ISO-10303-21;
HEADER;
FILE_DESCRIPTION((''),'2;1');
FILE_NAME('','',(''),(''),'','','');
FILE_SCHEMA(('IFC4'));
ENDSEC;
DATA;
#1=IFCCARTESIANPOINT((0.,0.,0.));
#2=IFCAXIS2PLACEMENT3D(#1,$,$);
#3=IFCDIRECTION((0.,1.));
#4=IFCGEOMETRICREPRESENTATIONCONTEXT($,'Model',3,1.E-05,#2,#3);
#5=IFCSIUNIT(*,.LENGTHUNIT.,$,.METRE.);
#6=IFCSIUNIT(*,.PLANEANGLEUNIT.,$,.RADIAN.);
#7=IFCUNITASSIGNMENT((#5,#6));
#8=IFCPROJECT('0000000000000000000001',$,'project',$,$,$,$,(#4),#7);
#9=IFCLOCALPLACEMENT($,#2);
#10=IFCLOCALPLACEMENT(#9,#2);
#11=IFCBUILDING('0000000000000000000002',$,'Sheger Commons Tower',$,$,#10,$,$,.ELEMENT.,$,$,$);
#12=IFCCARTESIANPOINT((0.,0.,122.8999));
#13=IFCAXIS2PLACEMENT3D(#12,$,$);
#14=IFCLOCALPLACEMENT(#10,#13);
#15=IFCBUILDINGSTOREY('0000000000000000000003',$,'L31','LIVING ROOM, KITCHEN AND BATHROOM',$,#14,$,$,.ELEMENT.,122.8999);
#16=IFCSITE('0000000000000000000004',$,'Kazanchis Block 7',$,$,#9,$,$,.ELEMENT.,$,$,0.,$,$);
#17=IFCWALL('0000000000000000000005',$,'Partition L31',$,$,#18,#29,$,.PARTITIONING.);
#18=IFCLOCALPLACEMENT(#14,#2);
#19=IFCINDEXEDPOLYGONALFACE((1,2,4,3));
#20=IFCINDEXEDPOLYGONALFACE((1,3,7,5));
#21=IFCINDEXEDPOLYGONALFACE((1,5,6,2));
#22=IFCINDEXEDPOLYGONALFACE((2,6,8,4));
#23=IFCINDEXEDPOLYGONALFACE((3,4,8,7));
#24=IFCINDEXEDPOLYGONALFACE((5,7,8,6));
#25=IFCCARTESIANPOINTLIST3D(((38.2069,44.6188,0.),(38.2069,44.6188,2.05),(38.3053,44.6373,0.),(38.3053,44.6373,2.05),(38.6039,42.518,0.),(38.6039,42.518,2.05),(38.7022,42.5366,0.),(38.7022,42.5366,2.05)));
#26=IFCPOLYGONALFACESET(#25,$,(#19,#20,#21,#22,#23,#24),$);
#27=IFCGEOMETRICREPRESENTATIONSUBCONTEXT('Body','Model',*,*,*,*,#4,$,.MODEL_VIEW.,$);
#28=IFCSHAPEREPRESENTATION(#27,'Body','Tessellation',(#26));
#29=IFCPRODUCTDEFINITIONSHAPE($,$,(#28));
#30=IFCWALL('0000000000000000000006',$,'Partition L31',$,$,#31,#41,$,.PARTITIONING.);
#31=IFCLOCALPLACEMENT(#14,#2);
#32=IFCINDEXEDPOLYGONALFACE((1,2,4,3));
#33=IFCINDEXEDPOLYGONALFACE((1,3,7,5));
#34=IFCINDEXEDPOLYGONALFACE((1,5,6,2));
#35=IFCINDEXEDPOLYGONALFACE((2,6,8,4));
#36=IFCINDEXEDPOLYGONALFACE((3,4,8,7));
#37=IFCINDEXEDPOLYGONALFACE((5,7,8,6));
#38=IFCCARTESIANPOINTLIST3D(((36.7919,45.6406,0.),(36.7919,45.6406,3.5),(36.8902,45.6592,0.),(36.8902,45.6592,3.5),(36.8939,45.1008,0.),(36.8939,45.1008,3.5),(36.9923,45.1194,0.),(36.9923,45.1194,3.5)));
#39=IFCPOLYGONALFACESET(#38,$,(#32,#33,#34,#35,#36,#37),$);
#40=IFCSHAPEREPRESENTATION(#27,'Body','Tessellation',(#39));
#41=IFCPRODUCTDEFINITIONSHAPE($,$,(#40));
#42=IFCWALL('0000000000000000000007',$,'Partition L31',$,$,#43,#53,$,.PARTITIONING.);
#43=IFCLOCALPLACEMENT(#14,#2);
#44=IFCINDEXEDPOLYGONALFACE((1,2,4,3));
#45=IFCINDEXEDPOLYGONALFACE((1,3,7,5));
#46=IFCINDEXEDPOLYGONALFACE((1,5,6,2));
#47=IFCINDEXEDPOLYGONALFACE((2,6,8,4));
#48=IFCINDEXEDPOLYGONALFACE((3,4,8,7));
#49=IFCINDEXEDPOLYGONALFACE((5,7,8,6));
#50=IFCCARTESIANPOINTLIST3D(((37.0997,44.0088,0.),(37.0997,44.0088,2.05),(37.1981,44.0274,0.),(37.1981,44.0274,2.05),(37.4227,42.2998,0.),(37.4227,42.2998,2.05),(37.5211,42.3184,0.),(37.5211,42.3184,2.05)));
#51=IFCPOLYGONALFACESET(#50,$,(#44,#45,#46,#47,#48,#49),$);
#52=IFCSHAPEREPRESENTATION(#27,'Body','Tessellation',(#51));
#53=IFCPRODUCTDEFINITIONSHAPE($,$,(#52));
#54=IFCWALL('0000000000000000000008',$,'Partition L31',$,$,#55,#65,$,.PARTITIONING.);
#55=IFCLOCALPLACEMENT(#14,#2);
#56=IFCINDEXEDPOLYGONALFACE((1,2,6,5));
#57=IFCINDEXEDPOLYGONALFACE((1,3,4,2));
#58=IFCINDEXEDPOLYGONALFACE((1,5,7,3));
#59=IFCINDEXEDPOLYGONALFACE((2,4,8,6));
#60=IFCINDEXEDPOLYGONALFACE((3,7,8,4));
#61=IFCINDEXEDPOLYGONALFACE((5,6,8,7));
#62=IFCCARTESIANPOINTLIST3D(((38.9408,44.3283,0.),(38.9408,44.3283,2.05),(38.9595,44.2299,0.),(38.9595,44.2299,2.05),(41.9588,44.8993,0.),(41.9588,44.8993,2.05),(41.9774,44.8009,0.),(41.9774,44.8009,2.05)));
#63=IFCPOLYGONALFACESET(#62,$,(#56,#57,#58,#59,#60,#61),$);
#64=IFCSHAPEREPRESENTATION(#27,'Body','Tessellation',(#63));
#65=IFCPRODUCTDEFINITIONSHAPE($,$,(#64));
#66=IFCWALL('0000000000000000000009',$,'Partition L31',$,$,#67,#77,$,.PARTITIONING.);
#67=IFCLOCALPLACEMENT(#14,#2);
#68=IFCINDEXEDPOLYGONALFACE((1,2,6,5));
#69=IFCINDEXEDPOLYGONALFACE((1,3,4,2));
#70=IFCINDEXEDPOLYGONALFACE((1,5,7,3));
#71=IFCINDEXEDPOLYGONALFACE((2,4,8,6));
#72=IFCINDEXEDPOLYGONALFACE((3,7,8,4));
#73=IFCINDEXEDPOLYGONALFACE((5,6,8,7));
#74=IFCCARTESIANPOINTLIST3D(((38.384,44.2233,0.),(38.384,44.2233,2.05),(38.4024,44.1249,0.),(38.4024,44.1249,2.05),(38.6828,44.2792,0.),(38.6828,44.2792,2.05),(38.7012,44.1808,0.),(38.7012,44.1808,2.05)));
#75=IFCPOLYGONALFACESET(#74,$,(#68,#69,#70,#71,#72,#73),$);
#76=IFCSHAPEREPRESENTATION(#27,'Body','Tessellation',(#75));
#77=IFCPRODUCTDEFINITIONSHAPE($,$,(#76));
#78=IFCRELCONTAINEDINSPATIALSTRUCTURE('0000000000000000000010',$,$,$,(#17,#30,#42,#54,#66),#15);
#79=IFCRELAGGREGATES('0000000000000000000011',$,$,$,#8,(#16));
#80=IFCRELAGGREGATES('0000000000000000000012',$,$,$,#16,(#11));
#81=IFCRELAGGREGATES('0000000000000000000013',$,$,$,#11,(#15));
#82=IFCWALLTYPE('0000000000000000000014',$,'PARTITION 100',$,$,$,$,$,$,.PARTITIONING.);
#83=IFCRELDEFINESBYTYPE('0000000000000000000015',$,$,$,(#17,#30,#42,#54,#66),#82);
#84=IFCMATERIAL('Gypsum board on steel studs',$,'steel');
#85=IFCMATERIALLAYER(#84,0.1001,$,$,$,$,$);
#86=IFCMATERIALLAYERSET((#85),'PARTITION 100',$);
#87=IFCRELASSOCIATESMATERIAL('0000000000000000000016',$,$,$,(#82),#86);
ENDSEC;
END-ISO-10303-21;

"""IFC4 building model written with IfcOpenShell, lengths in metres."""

from ifc_helpers import new_model, si_unit, direction, frame, frame_2d, origin, place, context, subcontext, project, spatial, rectangle, extrude, material, layer, layer_set, type_object, element, save


model = new_model("IFC4")

# Units and contexts
model_context = context("Model", 3, precision=1e-05, world=origin(), true_north=direction((0.0, 1.0)))
body_context = subcontext(model_context, "Body", "Model", "MODEL_VIEW")
ifc_project = project(units=[si_unit("LENGTHUNIT", "METRE"), si_unit("PLANEANGLEUNIT", "RADIAN")], contexts=[model_context])

# Site, building, storey
site_placement = place(None, origin())
site = spatial("IfcSite", under=ifc_project, at=site_placement, Name="Kazanchis Block 7", CompositionType="ELEMENT", RefElevation=0.0)
building_placement = place(site_placement, origin())
building = spatial("IfcBuilding", under=site, at=building_placement, Name="Sheger Commons Tower", CompositionType="ELEMENT")
storey_placement = place(building_placement, frame((0.0, 0.0, 122.8999)))
storey = spatial("IfcBuildingStorey", under=building, at=storey_placement, Name="L31", Description="LIVING ROOM, KITCHEN AND BATHROOM", CompositionType="ELEMENT", Elevation=122.8999)

# Walls
ifc_material_1 = material(Name="Gypsum board on steel studs", Category="steel")
ifc_layer_1 = layer(ifc_material_1, 0.1001)
ifc_layer_set_1 = layer_set([ifc_layer_1], Name="PARTITION 100")
wall_type_1 = type_object("IfcWallType", Name="PARTITION 100", PredefinedType="PARTITIONING", material=ifc_layer_set_1)
wall_1_placement = place(storey_placement, frame((38.2561, 44.6279, 0.0), z_axis=(0.0, 0.0, 1.0), x_axis=(0.185674, -0.982611, 0.0)))
element("IfcWall", 1, at=wall_1_placement, inside=storey, type_object=wall_type_1, Name="Partition L31", PredefinedType="PARTITIONING", context=body_context, shape_type="SweptSolid", body=[
    extrude(rectangle(XDim=2.1379, YDim=0.1001, at=frame_2d((1.0688, 0.0))), origin(), (0.0, 0.0, 1.0), 2.05),
])
wall_2_placement = place(storey_placement, frame((36.8411, 45.6499, 0.0), z_axis=(0.0, 0.0, 1.0), x_axis=(0.185764, -0.982594, 0.0)))
element("IfcWall", 2, at=wall_2_placement, inside=storey, type_object=wall_type_1, Name="Partition L31", PredefinedType="PARTITIONING", context=body_context, shape_type="SweptSolid", body=[
    extrude(rectangle(XDim=0.5493, YDim=0.1001, at=frame_2d((0.2747, 0.0))), origin(), (0.0, 0.0, 1.0), 3.5),
])
wall_3_placement = place(storey_placement, frame((37.1489, 44.0181, 0.0), z_axis=(0.0, 0.0, 1.0), x_axis=(0.185712, -0.982604, 0.0)))
element("IfcWall", 3, at=wall_3_placement, inside=storey, type_object=wall_type_1, Name="Partition L31", PredefinedType="PARTITIONING", context=body_context, shape_type="SweptSolid", body=[
    extrude(rectangle(XDim=1.7393, YDim=0.1001, at=frame_2d((0.8696, 0.0))), origin(), (0.0, 0.0, 1.0), 2.05),
])
wall_4_placement = place(storey_placement, frame((41.968, 44.8501, 0.0), z_axis=(0.0, 0.0, 1.0), x_axis=(-0.982567, -0.18591, 0.0)))
element("IfcWall", 4, at=wall_4_placement, inside=storey, type_object=wall_type_1, Name="Partition L31", PredefinedType="PARTITIONING", context=body_context, shape_type="SweptSolid", body=[
    extrude(rectangle(XDim=3.0715, YDim=0.1001, at=frame_2d((1.5356, 0.0))), origin(), (0.0, 0.0, 1.0), 2.05),
])
wall_5_placement = place(storey_placement, frame((38.6919, 44.23, 0.0), z_axis=(0.0, 0.0, 1.0), x_axis=(-0.982945, -0.183901, 0.0)))
element("IfcWall", 5, at=wall_5_placement, inside=storey, type_object=wall_type_1, Name="Partition L31", PredefinedType="PARTITIONING", context=body_context, shape_type="SweptSolid", body=[
    extrude(rectangle(XDim=0.304, YDim=0.1001, at=frame_2d((0.1519, 0.0))), origin(), (0.0, 0.0, 1.0), 2.05),
])

save(model, "model.ifc")
